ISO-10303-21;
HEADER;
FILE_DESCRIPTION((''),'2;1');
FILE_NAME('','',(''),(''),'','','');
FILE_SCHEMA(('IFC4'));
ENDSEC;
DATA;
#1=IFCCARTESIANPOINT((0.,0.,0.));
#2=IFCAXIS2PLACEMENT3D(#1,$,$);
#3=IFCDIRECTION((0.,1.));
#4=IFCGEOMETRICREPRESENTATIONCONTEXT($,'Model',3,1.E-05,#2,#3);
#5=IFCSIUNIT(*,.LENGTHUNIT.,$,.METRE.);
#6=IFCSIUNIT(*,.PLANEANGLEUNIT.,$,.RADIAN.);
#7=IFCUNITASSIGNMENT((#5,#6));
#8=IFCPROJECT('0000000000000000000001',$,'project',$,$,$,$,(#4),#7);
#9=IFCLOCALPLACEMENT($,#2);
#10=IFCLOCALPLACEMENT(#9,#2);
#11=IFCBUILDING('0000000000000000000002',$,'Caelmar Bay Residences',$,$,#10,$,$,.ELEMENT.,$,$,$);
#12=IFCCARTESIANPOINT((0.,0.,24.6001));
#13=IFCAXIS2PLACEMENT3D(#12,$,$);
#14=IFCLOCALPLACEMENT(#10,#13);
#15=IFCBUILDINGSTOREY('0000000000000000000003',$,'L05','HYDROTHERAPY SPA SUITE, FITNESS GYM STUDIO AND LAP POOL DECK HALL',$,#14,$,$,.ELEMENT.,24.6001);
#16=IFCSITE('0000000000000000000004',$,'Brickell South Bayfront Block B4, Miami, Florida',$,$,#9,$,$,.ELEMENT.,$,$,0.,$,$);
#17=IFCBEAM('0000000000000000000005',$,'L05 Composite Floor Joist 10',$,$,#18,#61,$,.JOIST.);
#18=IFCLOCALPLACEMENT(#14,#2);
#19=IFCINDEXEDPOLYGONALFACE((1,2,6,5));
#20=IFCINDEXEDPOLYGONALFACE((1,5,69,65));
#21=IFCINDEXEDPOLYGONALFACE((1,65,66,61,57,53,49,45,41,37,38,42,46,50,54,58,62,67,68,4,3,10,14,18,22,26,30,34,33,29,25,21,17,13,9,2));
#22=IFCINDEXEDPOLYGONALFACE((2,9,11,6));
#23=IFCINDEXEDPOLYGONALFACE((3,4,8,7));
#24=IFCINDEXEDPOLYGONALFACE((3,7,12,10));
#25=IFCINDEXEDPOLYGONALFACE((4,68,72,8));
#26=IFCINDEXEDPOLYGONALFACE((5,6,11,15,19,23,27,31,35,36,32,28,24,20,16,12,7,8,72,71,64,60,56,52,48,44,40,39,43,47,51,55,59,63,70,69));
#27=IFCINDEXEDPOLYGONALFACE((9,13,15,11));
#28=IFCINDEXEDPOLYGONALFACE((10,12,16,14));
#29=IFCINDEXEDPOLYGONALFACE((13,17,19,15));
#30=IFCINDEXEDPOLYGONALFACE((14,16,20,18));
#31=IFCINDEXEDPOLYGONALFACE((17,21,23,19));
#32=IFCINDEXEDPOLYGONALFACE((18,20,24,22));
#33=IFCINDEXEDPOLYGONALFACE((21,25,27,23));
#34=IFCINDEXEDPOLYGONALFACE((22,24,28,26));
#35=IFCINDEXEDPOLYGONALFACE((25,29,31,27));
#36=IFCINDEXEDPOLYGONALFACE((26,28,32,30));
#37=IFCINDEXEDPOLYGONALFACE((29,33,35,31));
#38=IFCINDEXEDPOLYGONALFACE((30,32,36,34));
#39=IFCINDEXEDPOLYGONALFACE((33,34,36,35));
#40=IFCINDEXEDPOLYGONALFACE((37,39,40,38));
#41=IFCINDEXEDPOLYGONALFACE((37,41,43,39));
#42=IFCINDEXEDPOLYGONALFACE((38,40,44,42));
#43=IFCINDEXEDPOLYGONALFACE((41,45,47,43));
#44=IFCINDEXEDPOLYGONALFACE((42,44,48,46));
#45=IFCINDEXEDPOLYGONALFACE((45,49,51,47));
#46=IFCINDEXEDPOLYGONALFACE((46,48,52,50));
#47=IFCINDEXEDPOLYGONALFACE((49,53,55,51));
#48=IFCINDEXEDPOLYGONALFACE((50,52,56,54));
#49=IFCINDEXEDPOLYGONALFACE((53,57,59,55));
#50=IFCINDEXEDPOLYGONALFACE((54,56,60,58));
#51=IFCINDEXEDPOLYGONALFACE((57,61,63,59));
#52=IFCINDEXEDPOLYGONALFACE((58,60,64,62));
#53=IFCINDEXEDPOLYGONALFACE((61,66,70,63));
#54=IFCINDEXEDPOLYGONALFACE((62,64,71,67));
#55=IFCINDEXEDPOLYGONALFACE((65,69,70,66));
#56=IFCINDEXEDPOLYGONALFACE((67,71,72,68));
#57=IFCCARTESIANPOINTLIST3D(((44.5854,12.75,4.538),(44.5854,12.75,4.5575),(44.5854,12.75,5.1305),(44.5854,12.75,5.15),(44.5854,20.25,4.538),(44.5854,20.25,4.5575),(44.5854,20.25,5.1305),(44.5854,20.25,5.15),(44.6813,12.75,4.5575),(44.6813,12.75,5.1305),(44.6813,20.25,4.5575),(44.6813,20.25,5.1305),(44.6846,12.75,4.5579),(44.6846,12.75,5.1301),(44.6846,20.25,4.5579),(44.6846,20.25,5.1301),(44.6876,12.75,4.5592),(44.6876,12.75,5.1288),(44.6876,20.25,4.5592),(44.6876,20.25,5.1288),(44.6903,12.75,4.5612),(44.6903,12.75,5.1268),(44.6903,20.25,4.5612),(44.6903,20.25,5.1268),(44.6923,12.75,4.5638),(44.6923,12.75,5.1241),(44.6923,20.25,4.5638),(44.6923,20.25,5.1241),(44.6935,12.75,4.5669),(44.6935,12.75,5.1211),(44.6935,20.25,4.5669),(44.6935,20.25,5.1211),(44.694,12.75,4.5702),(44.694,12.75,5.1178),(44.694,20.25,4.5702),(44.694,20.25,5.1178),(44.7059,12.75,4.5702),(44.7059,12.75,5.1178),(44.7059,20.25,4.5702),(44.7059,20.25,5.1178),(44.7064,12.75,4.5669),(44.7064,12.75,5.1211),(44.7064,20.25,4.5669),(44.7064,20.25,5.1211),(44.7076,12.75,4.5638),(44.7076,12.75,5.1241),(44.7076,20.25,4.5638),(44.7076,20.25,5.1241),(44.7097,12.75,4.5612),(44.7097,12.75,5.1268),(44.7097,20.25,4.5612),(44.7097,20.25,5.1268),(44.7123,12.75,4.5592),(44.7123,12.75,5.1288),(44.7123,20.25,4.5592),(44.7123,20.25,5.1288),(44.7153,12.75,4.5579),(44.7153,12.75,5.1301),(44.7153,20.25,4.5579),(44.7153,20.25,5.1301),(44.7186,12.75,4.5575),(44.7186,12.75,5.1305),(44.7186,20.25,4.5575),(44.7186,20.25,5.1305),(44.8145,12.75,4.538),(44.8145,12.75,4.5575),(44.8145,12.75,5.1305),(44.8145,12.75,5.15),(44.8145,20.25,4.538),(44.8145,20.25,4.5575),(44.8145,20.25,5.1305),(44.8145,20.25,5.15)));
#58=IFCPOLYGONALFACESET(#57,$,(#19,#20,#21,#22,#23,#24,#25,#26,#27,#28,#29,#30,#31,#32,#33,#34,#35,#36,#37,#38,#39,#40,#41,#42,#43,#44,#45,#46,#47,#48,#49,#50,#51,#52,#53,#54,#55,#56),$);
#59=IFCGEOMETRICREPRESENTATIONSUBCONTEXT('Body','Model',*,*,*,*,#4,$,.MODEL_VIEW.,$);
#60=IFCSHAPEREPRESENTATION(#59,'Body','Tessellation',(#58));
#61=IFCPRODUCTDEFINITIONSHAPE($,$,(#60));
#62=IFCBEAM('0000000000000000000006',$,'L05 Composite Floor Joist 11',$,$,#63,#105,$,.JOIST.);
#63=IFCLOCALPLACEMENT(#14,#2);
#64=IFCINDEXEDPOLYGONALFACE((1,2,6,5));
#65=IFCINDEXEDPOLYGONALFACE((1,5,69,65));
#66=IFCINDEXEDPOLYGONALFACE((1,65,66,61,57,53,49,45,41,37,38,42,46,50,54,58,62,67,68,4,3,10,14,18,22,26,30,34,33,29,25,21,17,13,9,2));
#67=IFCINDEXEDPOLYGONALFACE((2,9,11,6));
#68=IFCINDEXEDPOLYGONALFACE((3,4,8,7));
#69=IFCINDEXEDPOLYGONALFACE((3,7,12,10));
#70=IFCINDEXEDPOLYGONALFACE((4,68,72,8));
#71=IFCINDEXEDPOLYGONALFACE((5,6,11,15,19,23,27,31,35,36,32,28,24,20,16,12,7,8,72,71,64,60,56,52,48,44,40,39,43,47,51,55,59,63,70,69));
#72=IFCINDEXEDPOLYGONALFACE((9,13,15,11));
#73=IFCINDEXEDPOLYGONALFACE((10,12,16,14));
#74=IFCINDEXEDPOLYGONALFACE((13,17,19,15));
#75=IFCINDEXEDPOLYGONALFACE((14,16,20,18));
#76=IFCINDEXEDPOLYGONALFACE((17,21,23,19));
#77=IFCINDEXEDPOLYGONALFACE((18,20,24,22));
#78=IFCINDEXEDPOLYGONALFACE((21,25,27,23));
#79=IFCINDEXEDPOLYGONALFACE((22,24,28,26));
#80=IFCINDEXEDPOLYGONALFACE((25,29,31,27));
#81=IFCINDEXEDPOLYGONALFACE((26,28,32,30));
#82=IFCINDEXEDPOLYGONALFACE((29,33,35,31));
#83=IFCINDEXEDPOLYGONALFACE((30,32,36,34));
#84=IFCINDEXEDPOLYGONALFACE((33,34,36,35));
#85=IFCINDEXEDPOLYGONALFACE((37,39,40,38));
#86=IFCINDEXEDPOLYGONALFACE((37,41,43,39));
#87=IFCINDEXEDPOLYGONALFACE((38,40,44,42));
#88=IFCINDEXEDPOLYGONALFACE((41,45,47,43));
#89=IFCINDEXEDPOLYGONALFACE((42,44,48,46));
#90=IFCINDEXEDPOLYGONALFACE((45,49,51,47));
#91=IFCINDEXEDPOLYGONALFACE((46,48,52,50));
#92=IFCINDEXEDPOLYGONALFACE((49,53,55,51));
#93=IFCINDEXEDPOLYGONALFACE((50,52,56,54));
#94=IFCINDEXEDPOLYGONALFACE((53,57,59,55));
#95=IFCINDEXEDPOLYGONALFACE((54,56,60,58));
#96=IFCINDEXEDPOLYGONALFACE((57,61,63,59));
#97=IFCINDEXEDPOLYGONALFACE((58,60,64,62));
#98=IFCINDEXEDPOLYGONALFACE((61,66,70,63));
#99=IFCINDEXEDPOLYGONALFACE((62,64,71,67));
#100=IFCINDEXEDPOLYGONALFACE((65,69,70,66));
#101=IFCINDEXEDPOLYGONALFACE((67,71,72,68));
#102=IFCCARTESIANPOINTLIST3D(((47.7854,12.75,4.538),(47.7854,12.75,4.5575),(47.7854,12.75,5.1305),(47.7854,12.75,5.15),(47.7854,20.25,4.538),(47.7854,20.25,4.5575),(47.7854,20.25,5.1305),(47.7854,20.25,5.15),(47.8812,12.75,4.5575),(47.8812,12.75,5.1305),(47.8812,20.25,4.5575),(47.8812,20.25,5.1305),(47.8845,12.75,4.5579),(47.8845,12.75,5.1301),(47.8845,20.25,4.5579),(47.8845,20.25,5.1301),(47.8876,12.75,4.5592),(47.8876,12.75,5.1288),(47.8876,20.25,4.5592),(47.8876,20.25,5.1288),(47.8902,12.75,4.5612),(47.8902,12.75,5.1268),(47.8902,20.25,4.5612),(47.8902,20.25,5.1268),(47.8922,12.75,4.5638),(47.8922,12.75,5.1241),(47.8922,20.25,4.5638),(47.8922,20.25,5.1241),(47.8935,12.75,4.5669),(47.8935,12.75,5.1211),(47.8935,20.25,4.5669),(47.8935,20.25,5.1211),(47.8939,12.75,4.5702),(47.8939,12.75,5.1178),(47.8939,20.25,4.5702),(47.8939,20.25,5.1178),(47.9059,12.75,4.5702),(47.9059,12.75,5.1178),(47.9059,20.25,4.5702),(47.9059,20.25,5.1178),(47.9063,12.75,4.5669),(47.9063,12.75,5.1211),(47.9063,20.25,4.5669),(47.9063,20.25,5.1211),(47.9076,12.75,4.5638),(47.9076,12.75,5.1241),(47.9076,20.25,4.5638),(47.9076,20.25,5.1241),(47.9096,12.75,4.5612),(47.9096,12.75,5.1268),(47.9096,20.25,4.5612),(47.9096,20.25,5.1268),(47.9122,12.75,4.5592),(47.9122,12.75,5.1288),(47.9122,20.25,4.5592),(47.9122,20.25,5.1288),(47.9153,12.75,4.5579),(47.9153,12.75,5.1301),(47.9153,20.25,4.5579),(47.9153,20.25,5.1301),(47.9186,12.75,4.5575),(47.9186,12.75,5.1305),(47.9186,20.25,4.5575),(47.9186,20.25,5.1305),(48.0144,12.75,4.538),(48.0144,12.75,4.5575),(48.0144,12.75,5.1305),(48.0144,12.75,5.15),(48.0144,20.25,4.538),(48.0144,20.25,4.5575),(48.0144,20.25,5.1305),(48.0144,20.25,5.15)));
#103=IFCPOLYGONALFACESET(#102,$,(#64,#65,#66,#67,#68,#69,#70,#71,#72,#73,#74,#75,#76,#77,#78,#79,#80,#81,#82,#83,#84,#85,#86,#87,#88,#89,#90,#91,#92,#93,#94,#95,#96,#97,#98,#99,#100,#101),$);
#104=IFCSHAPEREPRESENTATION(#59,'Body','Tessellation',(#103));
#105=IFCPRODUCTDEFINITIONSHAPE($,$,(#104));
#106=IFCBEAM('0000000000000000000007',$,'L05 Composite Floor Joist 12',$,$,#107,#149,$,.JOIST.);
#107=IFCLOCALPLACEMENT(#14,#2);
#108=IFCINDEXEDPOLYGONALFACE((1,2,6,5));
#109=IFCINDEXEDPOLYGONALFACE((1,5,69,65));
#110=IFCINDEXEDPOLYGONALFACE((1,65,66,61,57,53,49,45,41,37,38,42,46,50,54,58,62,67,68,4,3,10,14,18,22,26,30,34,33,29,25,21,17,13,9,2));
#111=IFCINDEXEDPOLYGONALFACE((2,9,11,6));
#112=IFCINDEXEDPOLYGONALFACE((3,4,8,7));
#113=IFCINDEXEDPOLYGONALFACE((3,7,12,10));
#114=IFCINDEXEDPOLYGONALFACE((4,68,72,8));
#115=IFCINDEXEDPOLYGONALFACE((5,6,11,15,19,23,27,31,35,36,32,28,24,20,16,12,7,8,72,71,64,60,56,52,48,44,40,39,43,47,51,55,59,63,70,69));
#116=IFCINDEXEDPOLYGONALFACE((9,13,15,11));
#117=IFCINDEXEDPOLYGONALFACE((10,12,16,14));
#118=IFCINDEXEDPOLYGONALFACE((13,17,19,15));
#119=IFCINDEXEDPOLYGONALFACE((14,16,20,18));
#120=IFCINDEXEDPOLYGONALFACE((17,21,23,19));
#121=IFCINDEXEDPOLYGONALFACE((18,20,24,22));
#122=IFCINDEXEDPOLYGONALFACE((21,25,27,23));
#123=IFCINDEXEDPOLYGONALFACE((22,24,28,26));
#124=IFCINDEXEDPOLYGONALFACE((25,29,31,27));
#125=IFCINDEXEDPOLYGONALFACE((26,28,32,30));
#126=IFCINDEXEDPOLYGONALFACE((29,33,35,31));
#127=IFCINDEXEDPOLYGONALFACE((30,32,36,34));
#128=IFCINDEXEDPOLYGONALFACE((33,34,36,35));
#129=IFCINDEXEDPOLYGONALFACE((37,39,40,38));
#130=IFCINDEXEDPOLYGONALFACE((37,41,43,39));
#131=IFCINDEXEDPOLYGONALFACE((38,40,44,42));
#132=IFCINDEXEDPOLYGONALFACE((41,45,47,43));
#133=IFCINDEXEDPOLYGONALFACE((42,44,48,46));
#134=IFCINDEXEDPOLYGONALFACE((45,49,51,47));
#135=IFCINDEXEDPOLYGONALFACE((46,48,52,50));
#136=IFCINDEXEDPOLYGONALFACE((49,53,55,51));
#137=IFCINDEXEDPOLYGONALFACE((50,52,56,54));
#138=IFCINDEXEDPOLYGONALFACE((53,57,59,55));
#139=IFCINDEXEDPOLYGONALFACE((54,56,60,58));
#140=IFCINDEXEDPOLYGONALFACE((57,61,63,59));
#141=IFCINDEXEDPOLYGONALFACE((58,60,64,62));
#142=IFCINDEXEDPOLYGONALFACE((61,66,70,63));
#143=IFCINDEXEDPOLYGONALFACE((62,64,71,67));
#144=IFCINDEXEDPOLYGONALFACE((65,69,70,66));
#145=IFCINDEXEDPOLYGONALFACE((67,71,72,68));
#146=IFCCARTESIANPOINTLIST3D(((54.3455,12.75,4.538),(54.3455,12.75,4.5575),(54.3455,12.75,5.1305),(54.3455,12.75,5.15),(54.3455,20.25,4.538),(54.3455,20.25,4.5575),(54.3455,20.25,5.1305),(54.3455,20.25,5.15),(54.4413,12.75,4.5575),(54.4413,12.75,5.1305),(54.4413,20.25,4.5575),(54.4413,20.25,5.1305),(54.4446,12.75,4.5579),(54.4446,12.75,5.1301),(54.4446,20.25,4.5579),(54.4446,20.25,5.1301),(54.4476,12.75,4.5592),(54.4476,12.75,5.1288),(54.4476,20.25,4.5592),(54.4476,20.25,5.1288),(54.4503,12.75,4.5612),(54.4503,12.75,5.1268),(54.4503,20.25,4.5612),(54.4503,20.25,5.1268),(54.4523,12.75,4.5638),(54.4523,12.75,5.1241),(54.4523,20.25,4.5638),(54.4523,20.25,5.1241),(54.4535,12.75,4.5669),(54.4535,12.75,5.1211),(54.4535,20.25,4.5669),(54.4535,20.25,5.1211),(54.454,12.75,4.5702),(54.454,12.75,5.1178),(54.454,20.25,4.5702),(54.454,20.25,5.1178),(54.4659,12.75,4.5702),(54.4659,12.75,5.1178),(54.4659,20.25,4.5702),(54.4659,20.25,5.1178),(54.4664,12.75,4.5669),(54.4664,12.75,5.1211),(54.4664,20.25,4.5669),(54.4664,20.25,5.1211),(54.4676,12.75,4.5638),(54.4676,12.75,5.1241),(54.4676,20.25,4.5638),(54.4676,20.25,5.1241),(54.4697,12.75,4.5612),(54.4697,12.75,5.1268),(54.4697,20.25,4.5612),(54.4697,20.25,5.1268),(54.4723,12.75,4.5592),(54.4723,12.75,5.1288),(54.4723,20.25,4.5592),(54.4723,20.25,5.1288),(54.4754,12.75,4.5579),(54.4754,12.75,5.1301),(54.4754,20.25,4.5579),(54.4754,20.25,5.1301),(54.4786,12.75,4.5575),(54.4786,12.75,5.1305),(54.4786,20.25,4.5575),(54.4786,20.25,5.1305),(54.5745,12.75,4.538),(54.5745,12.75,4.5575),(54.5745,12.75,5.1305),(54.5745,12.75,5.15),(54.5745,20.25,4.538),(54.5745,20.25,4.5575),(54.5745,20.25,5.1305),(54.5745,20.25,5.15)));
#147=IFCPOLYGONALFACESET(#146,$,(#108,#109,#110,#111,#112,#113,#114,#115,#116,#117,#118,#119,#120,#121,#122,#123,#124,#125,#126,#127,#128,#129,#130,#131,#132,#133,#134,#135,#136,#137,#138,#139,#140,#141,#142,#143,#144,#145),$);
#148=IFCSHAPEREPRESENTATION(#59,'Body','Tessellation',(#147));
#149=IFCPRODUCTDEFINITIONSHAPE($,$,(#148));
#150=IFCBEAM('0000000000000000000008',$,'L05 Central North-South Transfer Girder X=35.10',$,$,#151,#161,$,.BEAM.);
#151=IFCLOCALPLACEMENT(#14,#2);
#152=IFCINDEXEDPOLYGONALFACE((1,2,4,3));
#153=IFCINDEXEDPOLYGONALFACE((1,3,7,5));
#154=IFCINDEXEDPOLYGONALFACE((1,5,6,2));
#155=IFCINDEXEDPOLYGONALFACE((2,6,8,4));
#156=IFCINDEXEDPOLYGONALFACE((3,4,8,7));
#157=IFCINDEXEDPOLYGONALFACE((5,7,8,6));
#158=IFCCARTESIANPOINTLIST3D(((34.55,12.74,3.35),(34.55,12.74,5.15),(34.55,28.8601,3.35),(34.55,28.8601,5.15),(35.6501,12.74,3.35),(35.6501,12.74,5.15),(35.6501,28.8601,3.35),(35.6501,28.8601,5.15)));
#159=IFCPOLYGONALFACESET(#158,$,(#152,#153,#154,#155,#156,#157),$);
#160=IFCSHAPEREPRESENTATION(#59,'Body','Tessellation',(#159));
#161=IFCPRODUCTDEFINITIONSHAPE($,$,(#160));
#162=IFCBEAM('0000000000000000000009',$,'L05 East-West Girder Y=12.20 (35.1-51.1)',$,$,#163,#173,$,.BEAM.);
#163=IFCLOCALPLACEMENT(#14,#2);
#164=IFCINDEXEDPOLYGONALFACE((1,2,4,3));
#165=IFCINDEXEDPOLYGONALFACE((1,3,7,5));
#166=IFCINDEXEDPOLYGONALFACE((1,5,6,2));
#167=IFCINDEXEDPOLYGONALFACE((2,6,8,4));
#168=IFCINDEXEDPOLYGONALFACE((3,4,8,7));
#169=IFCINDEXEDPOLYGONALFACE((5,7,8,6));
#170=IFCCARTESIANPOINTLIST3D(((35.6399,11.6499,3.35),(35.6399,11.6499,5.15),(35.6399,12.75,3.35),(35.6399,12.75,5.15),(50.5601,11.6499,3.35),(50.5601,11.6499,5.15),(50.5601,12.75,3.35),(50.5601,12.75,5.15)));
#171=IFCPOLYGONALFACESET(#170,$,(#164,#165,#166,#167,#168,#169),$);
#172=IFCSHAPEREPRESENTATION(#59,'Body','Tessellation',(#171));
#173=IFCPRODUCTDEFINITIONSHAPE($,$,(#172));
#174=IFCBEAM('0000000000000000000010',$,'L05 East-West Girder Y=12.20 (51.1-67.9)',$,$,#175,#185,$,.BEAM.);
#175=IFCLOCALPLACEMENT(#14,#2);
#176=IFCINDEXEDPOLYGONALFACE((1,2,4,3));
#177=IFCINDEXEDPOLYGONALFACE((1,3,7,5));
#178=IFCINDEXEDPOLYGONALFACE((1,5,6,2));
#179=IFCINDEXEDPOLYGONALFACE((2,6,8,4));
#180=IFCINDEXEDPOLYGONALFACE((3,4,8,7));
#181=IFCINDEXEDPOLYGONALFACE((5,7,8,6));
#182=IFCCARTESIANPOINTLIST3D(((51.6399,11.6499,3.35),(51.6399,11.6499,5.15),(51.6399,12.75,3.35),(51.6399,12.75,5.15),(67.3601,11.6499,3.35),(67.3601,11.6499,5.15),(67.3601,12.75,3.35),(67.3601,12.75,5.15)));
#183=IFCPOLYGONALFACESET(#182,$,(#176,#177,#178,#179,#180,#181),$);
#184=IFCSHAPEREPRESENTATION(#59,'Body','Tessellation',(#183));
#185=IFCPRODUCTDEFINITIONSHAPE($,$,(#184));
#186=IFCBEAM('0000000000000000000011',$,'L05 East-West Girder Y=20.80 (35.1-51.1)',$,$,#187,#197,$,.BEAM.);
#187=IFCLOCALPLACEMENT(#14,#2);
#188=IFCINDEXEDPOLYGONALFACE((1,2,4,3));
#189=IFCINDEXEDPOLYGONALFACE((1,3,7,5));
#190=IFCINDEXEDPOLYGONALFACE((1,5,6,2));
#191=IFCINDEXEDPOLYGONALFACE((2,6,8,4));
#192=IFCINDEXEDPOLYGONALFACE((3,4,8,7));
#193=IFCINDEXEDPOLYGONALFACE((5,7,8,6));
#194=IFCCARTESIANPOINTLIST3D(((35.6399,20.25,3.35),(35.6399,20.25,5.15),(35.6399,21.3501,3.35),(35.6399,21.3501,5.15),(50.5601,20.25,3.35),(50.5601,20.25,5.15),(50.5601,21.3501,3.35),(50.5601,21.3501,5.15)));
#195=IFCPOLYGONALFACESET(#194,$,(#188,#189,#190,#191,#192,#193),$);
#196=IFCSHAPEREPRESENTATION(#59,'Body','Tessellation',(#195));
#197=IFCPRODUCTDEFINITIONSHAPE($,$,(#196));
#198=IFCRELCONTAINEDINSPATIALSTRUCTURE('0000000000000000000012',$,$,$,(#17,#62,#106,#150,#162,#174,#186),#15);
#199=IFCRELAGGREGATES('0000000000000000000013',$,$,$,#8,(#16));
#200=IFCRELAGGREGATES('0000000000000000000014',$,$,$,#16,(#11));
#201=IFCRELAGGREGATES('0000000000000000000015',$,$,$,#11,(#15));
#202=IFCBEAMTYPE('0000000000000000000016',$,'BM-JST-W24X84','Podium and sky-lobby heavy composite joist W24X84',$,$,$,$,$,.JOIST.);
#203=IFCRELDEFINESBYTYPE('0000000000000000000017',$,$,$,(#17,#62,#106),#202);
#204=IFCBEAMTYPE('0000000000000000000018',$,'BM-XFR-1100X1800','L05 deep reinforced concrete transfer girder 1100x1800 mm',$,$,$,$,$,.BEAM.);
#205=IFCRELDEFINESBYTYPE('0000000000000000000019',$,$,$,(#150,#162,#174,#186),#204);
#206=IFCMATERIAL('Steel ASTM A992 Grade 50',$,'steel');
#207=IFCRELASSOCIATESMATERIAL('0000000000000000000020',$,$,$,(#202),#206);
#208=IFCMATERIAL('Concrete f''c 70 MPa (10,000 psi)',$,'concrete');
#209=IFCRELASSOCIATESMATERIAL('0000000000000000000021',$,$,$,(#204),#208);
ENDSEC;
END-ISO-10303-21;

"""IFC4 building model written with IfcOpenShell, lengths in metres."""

from ifc_helpers import new_model, si_unit, direction, frame, origin, origin_2d, place, context, subcontext, project, spatial, rectangle, i_section, extrude, material, material_profile, profile_set, type_object, element, save


model = new_model("IFC4")

# Units and contexts
model_context = context("Model", 3, precision=1e-05, world=origin(), true_north=direction((0.0, 1.0)))
body_context = subcontext(model_context, "Body", "Model", "MODEL_VIEW")
ifc_project = project(units=[si_unit("LENGTHUNIT", "METRE"), si_unit("PLANEANGLEUNIT", "RADIAN")], contexts=[model_context])

# Site, building, storey
site_placement = place(None, origin())
site = spatial("IfcSite", under=ifc_project, at=site_placement, Name="Brickell South Bayfront Block B4, Miami, Florida", CompositionType="ELEMENT", RefElevation=0.0)
building_placement = place(site_placement, origin())
building = spatial("IfcBuilding", under=site, at=building_placement, Name="Caelmar Bay Residences", CompositionType="ELEMENT")
storey_placement = place(building_placement, frame((0.0, 0.0, 24.6001)))
storey = spatial("IfcBuildingStorey", under=building, at=storey_placement, Name="L05", Description="HYDROTHERAPY SPA SUITE, FITNESS GYM STUDIO AND LAP POOL DECK HALL", CompositionType="ELEMENT", Elevation=24.6001)

# Shared definitions
ifc_material_1 = material(Name="Concrete f'c 70 MPa (10,000 psi)", Category="concrete")

# Beams
ifc_material_2 = material(Name="Steel ASTM A992 Grade 50", Category="steel")
ifc_material_profile_1 = material_profile(ifc_material_2, i_section(OverallWidth=0.229, OverallDepth=0.6121, WebThickness=0.012, FlangeThickness=0.0195, FilletRadius=0.0127, at=origin_2d()), Name="W24X84")
ifc_profile_set_1 = profile_set([ifc_material_profile_1], Name="Steel ASTM A992 Grade 50")
beam_type_1 = type_object("IfcBeamType", Name="BM-JST-W24X84", Description="Podium and sky-lobby heavy composite joist W24X84", PredefinedType="JOIST", material=ifc_profile_set_1)
for number, where, z_axis, x_axis, name in (
    (1, (44.7, 12.75, 4.844), (0.0, 1.0, 0.0), (-1.0, 0.0, 0.0), "L05 Composite Floor Joist 10"),
    (2, (47.8999, 12.75, 4.844), (0.0, 1.0, 0.0), (-1.0, 0.0, 0.0), "L05 Composite Floor Joist 11"),
    (3, (54.46, 12.75, 4.844), (0.0, 1.0, 0.0), (-1.0, 0.0, 0.0), "L05 Composite Floor Joist 12"),
):
    element("IfcBeam", number, at=place(storey_placement, frame(where, z_axis=z_axis, x_axis=x_axis)), inside=storey, type_object=beam_type_1, Name=name, PredefinedType="JOIST", context=body_context, shape_type="SweptSolid", body=[
        extrude(i_section(OverallWidth=0.229, OverallDepth=0.6121, WebThickness=0.012, FlangeThickness=0.0195, FilletRadius=0.0127, at=origin_2d()), origin(), (0.0, 0.0, 1.0), 7.5),
    ])
ifc_material_profile_2 = material_profile(ifc_material_1, rectangle(XDim=1.1001, YDim=1.8, at=origin_2d()), Name="RC-BM-1100X1800")
ifc_profile_set_2 = profile_set([ifc_material_profile_2], Name="Concrete f'c 70 MPa (10,000 psi)")
beam_type_2 = type_object("IfcBeamType", Name="BM-XFR-1100X1800", Description="L05 deep reinforced concrete transfer girder 1100x1800 mm", PredefinedType="BEAM", material=ifc_profile_set_2)
beam_1_placement = place(storey_placement, frame((35.1001, 12.74, 4.25), z_axis=(0.0, 1.0, 0.0), x_axis=(-1.0, 0.0, 0.0)))
element("IfcBeam", 4, at=beam_1_placement, inside=storey, type_object=beam_type_2, Name="L05 Central North-South Transfer Girder X=35.10", PredefinedType="BEAM", context=body_context, shape_type="SweptSolid", body=[
    extrude(rectangle(XDim=1.1001, YDim=1.8, at=origin_2d()), origin(), (0.0, 0.0, 1.0), 16.1201),
])
beam_2_placement = place(storey_placement, frame((35.6399, 12.2, 4.25), z_axis=(1.0, 0.0, 0.0), x_axis=(0.0, 1.0, 0.0)))
element("IfcBeam", 5, at=beam_2_placement, inside=storey, type_object=beam_type_2, Name="L05 East-West Girder Y=12.20 (35.1-51.1)", PredefinedType="BEAM", context=body_context, shape_type="SweptSolid", body=[
    extrude(rectangle(XDim=1.1001, YDim=1.8, at=origin_2d()), origin(), (0.0, 0.0, 1.0), 14.9202),
])
beam_3_placement = place(storey_placement, frame((51.6399, 12.2, 4.25), z_axis=(1.0, 0.0, 0.0), x_axis=(0.0, 1.0, 0.0)))
element("IfcBeam", 6, at=beam_3_placement, inside=storey, type_object=beam_type_2, Name="L05 East-West Girder Y=12.20 (51.1-67.9)", PredefinedType="BEAM", context=body_context, shape_type="SweptSolid", body=[
    extrude(rectangle(XDim=1.1001, YDim=1.8, at=origin_2d()), origin(), (0.0, 0.0, 1.0), 15.7202),
])
beam_4_placement = place(storey_placement, frame((35.6399, 20.8, 4.25), z_axis=(1.0, 0.0, 0.0), x_axis=(0.0, 1.0, 0.0)))
element("IfcBeam", 7, at=beam_4_placement, inside=storey, type_object=beam_type_2, Name="L05 East-West Girder Y=20.80 (35.1-51.1)", PredefinedType="BEAM", context=body_context, shape_type="SweptSolid", body=[
    extrude(rectangle(XDim=1.1001, YDim=1.8, at=origin_2d()), origin(), (0.0, 0.0, 1.0), 14.9202),
])

save(model, "model.ifc")
